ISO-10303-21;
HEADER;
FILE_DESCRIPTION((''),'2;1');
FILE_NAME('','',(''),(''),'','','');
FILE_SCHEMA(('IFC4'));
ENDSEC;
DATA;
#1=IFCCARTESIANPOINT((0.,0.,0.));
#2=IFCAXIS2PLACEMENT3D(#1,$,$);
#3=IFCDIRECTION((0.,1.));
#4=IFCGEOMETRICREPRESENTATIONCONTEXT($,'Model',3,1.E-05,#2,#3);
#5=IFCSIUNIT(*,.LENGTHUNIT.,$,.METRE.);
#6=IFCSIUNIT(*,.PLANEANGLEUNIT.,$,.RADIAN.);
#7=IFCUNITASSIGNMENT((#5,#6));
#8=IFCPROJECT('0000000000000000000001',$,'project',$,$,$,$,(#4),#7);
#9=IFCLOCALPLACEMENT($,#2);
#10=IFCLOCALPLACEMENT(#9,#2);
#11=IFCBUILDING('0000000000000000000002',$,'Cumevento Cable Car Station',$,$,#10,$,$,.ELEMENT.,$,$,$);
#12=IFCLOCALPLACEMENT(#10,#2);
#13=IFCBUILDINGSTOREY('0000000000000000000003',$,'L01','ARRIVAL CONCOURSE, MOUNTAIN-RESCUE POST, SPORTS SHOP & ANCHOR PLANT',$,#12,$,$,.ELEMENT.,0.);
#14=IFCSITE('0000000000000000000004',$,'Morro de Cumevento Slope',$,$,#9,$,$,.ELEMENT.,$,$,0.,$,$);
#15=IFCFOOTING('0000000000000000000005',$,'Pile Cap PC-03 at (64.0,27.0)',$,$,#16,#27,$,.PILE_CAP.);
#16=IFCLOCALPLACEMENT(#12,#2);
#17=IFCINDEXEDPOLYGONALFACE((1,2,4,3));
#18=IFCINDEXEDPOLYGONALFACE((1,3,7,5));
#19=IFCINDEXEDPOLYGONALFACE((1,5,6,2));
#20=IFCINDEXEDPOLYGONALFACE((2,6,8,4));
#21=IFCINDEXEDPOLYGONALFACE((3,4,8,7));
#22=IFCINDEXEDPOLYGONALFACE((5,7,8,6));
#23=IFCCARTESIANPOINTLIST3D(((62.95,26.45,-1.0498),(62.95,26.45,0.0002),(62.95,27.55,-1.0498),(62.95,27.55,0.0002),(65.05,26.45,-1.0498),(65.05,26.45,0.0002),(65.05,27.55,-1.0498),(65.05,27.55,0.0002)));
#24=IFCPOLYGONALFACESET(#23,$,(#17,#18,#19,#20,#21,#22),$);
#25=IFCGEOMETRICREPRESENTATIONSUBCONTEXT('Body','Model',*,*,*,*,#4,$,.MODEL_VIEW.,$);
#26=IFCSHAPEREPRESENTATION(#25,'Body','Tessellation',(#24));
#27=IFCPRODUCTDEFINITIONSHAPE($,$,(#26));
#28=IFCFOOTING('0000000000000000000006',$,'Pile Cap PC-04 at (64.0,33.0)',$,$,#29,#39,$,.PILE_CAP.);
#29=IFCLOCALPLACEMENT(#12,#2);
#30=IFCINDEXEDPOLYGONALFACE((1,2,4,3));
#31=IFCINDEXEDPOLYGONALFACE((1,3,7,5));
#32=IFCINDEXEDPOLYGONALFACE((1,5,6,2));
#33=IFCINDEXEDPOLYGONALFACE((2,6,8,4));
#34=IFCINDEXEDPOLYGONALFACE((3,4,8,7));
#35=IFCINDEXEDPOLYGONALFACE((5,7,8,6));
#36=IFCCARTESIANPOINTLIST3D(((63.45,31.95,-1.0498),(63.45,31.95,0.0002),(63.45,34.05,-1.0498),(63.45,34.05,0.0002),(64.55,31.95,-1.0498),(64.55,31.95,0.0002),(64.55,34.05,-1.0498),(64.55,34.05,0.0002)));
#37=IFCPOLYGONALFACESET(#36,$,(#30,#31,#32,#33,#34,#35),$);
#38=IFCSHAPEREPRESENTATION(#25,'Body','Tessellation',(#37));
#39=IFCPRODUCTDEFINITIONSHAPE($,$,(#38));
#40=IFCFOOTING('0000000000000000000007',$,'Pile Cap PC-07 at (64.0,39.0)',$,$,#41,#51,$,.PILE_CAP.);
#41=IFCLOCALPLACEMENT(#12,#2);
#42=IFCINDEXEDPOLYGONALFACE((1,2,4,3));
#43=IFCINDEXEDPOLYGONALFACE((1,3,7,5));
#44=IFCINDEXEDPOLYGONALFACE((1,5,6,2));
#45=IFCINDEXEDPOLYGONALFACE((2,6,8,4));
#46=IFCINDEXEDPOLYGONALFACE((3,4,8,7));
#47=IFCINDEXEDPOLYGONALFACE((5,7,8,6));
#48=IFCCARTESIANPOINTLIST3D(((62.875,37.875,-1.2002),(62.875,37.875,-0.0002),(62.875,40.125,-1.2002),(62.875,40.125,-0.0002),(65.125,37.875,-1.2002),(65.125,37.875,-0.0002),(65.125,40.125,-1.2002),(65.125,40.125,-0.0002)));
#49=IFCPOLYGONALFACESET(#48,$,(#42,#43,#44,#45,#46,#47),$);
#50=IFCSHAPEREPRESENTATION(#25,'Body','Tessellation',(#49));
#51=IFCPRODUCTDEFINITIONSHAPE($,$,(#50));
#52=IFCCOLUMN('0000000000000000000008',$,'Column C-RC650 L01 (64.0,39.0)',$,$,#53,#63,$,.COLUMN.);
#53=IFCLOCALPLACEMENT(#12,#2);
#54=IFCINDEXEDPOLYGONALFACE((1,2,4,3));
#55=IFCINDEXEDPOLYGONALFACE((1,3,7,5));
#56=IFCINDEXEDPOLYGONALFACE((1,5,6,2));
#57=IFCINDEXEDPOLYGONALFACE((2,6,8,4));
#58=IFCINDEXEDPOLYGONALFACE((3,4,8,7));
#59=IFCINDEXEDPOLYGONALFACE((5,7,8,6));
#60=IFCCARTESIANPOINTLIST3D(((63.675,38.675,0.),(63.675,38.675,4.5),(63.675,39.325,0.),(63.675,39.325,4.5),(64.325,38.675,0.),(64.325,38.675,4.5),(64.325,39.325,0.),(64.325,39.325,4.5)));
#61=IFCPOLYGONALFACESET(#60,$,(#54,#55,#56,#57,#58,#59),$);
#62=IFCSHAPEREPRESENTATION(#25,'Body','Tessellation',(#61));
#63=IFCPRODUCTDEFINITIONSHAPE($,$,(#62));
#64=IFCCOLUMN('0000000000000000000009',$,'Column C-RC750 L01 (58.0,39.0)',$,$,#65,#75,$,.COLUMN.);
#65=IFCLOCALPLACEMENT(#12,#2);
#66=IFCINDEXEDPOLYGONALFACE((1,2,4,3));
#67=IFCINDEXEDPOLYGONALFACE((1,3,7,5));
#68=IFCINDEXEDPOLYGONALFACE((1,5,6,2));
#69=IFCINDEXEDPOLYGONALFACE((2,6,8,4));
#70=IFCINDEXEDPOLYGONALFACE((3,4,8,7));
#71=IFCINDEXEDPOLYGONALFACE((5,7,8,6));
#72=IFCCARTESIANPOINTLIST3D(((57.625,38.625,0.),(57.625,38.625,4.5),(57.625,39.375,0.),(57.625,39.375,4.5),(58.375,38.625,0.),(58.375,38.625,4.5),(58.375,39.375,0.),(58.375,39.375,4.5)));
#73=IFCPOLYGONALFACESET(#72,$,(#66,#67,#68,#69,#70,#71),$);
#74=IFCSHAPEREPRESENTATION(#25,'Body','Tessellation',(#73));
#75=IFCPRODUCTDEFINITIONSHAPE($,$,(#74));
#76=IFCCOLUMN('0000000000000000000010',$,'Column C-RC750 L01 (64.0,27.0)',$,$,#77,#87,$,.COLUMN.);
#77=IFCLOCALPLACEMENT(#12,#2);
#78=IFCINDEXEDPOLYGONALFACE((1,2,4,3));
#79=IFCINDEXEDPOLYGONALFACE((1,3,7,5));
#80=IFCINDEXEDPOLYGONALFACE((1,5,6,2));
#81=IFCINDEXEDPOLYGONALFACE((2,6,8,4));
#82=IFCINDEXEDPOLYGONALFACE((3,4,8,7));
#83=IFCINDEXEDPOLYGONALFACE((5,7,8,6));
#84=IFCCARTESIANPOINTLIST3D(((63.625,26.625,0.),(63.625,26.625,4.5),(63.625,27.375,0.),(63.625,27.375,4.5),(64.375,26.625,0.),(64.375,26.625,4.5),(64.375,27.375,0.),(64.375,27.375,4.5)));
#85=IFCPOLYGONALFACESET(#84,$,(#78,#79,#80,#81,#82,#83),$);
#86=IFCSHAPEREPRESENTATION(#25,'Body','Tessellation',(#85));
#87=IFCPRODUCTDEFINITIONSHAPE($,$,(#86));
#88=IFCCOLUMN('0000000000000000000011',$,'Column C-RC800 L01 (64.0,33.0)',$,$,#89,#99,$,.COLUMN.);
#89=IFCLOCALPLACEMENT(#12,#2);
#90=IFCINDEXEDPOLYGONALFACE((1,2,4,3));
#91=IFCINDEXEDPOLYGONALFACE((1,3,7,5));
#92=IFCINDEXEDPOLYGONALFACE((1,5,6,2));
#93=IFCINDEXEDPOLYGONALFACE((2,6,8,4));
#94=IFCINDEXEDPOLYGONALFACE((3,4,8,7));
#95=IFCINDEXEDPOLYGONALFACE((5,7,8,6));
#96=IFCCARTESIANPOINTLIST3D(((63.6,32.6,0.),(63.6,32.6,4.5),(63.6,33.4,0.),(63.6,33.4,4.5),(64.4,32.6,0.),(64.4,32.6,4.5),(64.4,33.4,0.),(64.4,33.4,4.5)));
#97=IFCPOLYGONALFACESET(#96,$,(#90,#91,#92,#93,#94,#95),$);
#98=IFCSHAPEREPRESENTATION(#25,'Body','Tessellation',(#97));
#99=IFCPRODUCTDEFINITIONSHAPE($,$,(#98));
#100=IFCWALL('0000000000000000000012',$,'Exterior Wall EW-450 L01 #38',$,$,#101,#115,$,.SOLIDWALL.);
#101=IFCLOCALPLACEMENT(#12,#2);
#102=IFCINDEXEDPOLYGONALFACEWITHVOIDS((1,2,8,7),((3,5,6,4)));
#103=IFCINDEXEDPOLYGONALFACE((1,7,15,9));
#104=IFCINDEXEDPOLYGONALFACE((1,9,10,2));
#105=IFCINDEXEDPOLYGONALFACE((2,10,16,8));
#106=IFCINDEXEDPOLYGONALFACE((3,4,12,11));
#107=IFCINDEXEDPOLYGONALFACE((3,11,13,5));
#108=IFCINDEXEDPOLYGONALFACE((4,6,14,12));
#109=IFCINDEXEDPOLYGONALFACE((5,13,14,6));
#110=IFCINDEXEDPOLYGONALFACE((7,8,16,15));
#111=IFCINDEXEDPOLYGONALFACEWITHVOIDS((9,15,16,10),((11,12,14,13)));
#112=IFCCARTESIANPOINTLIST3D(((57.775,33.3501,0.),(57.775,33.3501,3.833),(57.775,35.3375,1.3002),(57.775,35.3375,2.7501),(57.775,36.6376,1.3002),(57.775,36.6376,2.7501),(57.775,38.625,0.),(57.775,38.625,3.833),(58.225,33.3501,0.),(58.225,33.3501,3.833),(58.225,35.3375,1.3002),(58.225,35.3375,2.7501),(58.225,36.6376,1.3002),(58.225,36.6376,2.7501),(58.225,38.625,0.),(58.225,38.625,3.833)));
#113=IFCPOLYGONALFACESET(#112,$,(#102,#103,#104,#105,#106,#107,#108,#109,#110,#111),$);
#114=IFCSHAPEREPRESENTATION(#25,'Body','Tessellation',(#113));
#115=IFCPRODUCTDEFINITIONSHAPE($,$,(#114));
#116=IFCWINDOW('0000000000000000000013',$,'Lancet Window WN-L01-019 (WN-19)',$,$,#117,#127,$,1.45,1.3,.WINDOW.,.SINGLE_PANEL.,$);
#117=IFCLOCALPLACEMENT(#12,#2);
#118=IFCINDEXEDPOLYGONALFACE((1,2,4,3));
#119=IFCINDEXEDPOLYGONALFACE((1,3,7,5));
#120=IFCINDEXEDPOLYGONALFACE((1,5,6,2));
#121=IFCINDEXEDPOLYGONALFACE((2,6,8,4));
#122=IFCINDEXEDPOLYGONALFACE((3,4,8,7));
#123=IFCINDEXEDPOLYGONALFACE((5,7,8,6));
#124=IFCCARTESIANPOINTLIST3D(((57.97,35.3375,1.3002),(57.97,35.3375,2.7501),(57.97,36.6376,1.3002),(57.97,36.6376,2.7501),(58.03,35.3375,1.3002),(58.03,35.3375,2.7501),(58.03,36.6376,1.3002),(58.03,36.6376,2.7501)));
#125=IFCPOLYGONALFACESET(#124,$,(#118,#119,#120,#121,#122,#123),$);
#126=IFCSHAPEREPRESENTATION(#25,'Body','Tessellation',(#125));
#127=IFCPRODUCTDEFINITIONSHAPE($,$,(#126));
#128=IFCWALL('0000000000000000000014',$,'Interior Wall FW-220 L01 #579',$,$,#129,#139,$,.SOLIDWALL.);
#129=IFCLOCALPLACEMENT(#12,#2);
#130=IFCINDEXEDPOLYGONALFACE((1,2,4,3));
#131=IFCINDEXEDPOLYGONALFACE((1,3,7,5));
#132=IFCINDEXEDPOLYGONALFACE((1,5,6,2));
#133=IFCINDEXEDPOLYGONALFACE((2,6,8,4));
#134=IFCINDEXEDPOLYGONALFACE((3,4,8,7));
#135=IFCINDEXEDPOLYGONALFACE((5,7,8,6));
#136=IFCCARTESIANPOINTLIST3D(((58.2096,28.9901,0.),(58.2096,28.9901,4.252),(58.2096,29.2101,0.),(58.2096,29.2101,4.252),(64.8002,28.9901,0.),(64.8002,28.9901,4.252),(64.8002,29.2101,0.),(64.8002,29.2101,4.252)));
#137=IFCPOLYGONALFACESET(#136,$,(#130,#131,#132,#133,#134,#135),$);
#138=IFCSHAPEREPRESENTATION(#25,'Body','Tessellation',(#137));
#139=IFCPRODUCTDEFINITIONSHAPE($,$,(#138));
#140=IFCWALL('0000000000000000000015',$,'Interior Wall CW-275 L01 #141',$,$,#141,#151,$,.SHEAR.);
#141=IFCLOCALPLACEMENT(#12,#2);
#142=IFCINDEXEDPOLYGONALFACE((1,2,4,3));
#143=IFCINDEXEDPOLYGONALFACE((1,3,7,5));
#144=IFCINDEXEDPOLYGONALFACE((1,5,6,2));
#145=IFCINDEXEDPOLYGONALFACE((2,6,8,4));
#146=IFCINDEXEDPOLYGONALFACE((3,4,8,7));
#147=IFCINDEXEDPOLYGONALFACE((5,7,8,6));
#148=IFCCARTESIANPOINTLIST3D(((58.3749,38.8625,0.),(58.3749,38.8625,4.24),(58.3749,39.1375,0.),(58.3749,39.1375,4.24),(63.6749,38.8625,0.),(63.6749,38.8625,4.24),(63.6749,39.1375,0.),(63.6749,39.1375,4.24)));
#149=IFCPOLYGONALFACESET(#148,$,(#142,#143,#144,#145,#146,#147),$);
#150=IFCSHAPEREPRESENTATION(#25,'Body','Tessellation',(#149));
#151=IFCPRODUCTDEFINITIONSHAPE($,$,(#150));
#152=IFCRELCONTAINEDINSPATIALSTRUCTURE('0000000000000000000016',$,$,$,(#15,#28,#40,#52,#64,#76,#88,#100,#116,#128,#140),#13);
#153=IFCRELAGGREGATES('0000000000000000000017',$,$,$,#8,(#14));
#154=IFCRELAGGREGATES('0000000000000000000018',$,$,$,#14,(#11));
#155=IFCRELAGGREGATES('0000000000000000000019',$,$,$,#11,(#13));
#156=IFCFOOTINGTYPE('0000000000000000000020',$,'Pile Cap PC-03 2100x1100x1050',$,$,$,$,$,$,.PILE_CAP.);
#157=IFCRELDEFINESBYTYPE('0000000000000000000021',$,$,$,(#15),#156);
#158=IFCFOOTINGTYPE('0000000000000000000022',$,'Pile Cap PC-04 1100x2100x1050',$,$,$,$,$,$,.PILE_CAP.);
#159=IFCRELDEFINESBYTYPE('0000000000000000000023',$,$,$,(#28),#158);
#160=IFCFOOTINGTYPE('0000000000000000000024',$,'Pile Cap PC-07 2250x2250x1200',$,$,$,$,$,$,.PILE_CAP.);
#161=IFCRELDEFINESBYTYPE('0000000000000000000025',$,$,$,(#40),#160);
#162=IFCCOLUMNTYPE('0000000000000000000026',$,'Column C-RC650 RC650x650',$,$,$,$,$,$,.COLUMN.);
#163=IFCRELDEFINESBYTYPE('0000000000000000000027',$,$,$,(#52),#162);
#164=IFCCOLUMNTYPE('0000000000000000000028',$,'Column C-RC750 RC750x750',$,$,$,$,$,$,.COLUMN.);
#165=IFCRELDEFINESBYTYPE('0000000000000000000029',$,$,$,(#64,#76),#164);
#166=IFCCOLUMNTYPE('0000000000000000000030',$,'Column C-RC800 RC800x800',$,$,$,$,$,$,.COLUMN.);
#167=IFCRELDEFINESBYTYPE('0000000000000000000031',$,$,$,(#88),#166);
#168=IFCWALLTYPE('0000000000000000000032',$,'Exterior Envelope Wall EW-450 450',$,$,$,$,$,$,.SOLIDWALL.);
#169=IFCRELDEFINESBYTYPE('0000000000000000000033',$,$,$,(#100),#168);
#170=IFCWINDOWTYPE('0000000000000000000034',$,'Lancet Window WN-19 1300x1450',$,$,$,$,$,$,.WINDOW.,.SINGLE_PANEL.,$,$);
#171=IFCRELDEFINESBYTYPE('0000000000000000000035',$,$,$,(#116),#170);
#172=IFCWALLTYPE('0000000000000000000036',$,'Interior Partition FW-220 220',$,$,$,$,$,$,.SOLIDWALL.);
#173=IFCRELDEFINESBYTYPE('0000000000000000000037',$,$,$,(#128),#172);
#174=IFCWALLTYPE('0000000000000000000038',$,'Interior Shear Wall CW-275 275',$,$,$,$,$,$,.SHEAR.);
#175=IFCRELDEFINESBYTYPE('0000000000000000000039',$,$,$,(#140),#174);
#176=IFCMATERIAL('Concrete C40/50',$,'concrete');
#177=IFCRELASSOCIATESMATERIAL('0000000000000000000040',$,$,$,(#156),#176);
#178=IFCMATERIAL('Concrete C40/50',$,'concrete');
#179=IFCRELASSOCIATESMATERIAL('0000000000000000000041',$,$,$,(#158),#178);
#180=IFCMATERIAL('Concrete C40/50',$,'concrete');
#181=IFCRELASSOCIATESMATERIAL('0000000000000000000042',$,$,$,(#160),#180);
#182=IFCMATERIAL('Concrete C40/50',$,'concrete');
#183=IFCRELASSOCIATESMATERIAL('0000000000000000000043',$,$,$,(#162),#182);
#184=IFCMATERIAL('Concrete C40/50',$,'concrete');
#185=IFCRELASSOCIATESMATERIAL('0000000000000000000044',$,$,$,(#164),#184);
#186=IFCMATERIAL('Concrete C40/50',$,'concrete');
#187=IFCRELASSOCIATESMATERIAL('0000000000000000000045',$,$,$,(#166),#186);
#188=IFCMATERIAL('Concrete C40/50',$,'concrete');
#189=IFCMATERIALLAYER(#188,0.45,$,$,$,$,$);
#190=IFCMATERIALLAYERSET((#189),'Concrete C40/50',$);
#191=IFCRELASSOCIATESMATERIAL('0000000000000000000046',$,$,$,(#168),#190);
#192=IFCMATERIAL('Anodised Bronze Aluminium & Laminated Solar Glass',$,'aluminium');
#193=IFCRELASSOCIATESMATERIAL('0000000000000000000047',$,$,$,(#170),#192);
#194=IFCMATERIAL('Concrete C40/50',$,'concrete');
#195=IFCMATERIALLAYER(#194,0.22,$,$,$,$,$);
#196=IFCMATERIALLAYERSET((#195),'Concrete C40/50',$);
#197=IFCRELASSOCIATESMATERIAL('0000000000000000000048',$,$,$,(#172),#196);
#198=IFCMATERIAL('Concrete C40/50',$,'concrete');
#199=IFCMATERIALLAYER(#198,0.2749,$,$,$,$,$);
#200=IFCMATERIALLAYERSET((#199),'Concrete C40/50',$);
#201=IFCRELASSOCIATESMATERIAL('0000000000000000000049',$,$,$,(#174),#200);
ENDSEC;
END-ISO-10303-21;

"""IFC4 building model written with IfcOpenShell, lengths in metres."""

from ifc_helpers import new_model, si_unit, direction, frame, frame_2d, origin, origin_2d, place, context, subcontext, project, spatial, rectangle, extrude, material, layer, layer_set, material_profile, profile_set, type_object, element, fill, save


model = new_model("IFC4")

# Units and contexts
model_context = context("Model", 3, precision=1e-05, world=origin(), true_north=direction((0.0, 1.0)))
body_context = subcontext(model_context, "Body", "Model", "MODEL_VIEW")
ifc_project = project(units=[si_unit("LENGTHUNIT", "METRE"), si_unit("PLANEANGLEUNIT", "RADIAN")], contexts=[model_context])

# Site, building, storey
site_placement = place(None, origin())
site = spatial("IfcSite", under=ifc_project, at=site_placement, Name="Morro de Cumevento Slope", CompositionType="ELEMENT", RefElevation=0.0)
building_placement = place(site_placement, origin())
building = spatial("IfcBuilding", under=site, at=building_placement, Name="Cumevento Cable Car Station", CompositionType="ELEMENT")
storey_placement = place(building_placement, origin())
storey = spatial("IfcBuildingStorey", under=building, at=storey_placement, Name="L01", Description="ARRIVAL CONCOURSE, MOUNTAIN-RESCUE POST, SPORTS SHOP & ANCHOR PLANT", CompositionType="ELEMENT", Elevation=0.0)

# Footings
ifc_material_1 = material(Name="Concrete C40/50", Category="concrete")
footing_type_1 = type_object("IfcFootingType", Name="Pile Cap PC-03 2100x1100x1050", PredefinedType="PILE_CAP", material=ifc_material_1)
footing_1_placement = place(storey_placement, frame((64.0, 27.0, -1.0498), z_axis=(0.0, 0.0, 1.0), x_axis=(1.0, 0.0, 0.0)))
element("IfcFooting", 1, at=footing_1_placement, inside=storey, type_object=footing_type_1, Name="Pile Cap PC-03 at (64.0,27.0)", PredefinedType="PILE_CAP", context=body_context, shape_type="SweptSolid", body=[
    extrude(rectangle(XDim=2.1001, YDim=1.1001, at=origin_2d()), origin(), (0.0, 0.0, 1.0), 1.05),
])
ifc_material_2 = material(Name="Concrete C40/50", Category="concrete")
footing_type_2 = type_object("IfcFootingType", Name="Pile Cap PC-04 1100x2100x1050", PredefinedType="PILE_CAP", material=ifc_material_2)
footing_2_placement = place(storey_placement, frame((64.0, 33.0, -1.0498), z_axis=(0.0, 0.0, 1.0), x_axis=(1.0, 0.0, 0.0)))
element("IfcFooting", 2, at=footing_2_placement, inside=storey, type_object=footing_type_2, Name="Pile Cap PC-04 at (64.0,33.0)", PredefinedType="PILE_CAP", context=body_context, shape_type="SweptSolid", body=[
    extrude(rectangle(XDim=1.1001, YDim=2.1001, at=origin_2d()), origin(), (0.0, 0.0, 1.0), 1.05),
])
ifc_material_3 = material(Name="Concrete C40/50", Category="concrete")
footing_type_3 = type_object("IfcFootingType", Name="Pile Cap PC-07 2250x2250x1200", PredefinedType="PILE_CAP", material=ifc_material_3)
footing_3_placement = place(storey_placement, frame((64.0, 39.0, -1.2002), z_axis=(0.0, 0.0, 1.0), x_axis=(1.0, 0.0, 0.0)))
element("IfcFooting", 3, at=footing_3_placement, inside=storey, type_object=footing_type_3, Name="Pile Cap PC-07 at (64.0,39.0)", PredefinedType="PILE_CAP", context=body_context, shape_type="SweptSolid", body=[
    extrude(rectangle(XDim=2.25, YDim=2.25, at=origin_2d()), origin(), (0.0, 0.0, 1.0), 1.2),
])

# Columns
ifc_material_4 = material(Name="Concrete C40/50", Category="concrete")
ifc_material_profile_1 = material_profile(ifc_material_4, rectangle(XDim=0.6499, YDim=0.6499, at=origin_2d()), Name="RC650x650")
ifc_profile_set_1 = profile_set([ifc_material_profile_1], Name="Concrete C40/50")
column_type_1 = type_object("IfcColumnType", Name="Column C-RC650 RC650x650", PredefinedType="COLUMN", material=ifc_profile_set_1)
column_1_placement = place(storey_placement, frame((64.0, 39.0, 0.0), z_axis=(0.0, 0.0, 1.0), x_axis=(1.0, 0.0, 0.0)))
element("IfcColumn", 4, at=column_1_placement, inside=storey, type_object=column_type_1, Name="Column C-RC650 L01 (64.0,39.0)", PredefinedType="COLUMN", context=body_context, shape_type="SweptSolid", body=[
    extrude(rectangle(XDim=0.6499, YDim=0.6499, at=origin_2d()), origin(), (0.0, 0.0, 1.0), 4.5),
])
ifc_material_5 = material(Name="Concrete C40/50", Category="concrete")
ifc_material_profile_2 = material_profile(ifc_material_5, rectangle(XDim=0.75, YDim=0.75, at=origin_2d()), Name="RC750x750")
ifc_profile_set_2 = profile_set([ifc_material_profile_2], Name="Concrete C40/50")
column_type_2 = type_object("IfcColumnType", Name="Column C-RC750 RC750x750", PredefinedType="COLUMN", material=ifc_profile_set_2)
for number, where, z_axis, x_axis, name in (
    (5, (58.0, 39.0, 0.0), (0.0, 0.0, 1.0), (1.0, 0.0, 0.0), "Column C-RC750 L01 (58.0,39.0)"),
    (6, (64.0, 27.0, 0.0), (0.0, 0.0, 1.0), (1.0, 0.0, 0.0), "Column C-RC750 L01 (64.0,27.0)"),
):
    element("IfcColumn", number, at=place(storey_placement, frame(where, z_axis=z_axis, x_axis=x_axis)), inside=storey, type_object=column_type_2, Name=name, PredefinedType="COLUMN", context=body_context, shape_type="SweptSolid", body=[
        extrude(rectangle(XDim=0.75, YDim=0.75, at=origin_2d()), origin(), (0.0, 0.0, 1.0), 4.5),
    ])
ifc_material_6 = material(Name="Concrete C40/50", Category="concrete")
ifc_material_profile_3 = material_profile(ifc_material_6, rectangle(XDim=0.8, YDim=0.8, at=origin_2d()), Name="RC800x800")
ifc_profile_set_3 = profile_set([ifc_material_profile_3], Name="Concrete C40/50")
column_type_3 = type_object("IfcColumnType", Name="Column C-RC800 RC800x800", PredefinedType="COLUMN", material=ifc_profile_set_3)
column_2_placement = place(storey_placement, frame((64.0, 33.0, 0.0), z_axis=(0.0, 0.0, 1.0), x_axis=(1.0, 0.0, 0.0)))
element("IfcColumn", 7, at=column_2_placement, inside=storey, type_object=column_type_3, Name="Column C-RC800 L01 (64.0,33.0)", PredefinedType="COLUMN", context=body_context, shape_type="SweptSolid", body=[
    extrude(rectangle(XDim=0.8, YDim=0.8, at=origin_2d()), origin(), (0.0, 0.0, 1.0), 4.5),
])

# Wall, opening, window
ifc_material_7 = material(Name="Concrete C40/50", Category="concrete")
ifc_layer_1 = layer(ifc_material_7, 0.45)
ifc_layer_set_1 = layer_set([ifc_layer_1], Name="Concrete C40/50")
wall_type_1 = type_object("IfcWallType", Name="Exterior Envelope Wall EW-450 450", PredefinedType="SOLIDWALL", material=ifc_layer_set_1)
wall_1_placement = place(storey_placement, frame((58.0, 33.3501, 0.0), z_axis=(0.0, 0.0, 1.0), x_axis=(0.0, 1.0, 0.0)))
wall_1 = element("IfcWall", 8, at=wall_1_placement, inside=storey, type_object=wall_type_1, Name="Exterior Wall EW-450 L01 #38", PredefinedType="SOLIDWALL", context=body_context, shape_type="SweptSolid", body=[
    extrude(rectangle(XDim=5.2749, YDim=0.45, at=frame_2d((2.6375, 0.0))), origin(), (0.0, 0.0, 1.0), 3.833),
])
opening_1_placement = place(wall_1_placement, frame((1.9875, 0.0, 1.3)))
opening_1 = element("IfcOpeningElement", 9, at=opening_1_placement, cuts=wall_1, PredefinedType="OPENING", context=body_context, shape_type="SweptSolid", body=[
    extrude(rectangle(XDim=1.3, YDim=1.45, at=frame_2d((0.6499, 0.7251))), frame((0.0, 0.2351, 0.0), z_axis=(0.0, -1.0, 0.0), x_axis=(1.0, 0.0, 0.0)), (0.0, 0.0, 1.0), 0.47),
])
ifc_material_8 = material(Name="Anodised Bronze Aluminium & Laminated Solar Glass", Category="aluminium")
window_type = type_object("IfcWindowType", Name="Lancet Window WN-19 1300x1450", PartitioningType="SINGLE_PANEL", PredefinedType="WINDOW", material=ifc_material_8)
window_placement = place(opening_1_placement, origin())
window = element("IfcWindow", 10, at=window_placement, inside=storey, type_object=window_type, Name="Lancet Window WN-L01-019 (WN-19)", OverallHeight=1.45, OverallWidth=1.3, PartitioningType="SINGLE_PANEL", PredefinedType="WINDOW", context=body_context, shape_type="SweptSolid", body=[
    extrude(rectangle(XDim=1.3, YDim=1.45, at=frame_2d((0.6499, 0.7251))), frame((0.0, 0.03, 0.0), z_axis=(0.0, -1.0, 0.0), x_axis=(1.0, 0.0, 0.0)), (0.0, 0.0, 1.0), 0.0601),
])
fill(opening_1, window)

# Walls
ifc_material_9 = material(Name="Concrete C40/50", Category="concrete")
ifc_layer_2 = layer(ifc_material_9, 0.22)
ifc_layer_set_2 = layer_set([ifc_layer_2], Name="Concrete C40/50")
wall_type_2 = type_object("IfcWallType", Name="Interior Partition FW-220 220", PredefinedType="SOLIDWALL", material=ifc_layer_set_2)
wall_2_placement = place(storey_placement, frame((58.2095, 29.1001, 0.0), z_axis=(0.0, 0.0, 1.0), x_axis=(1.0, 0.0, 0.0)))
element("IfcWall", 11, at=wall_2_placement, inside=storey, type_object=wall_type_2, Name="Interior Wall FW-220 L01 #579", PredefinedType="SOLIDWALL", context=body_context, shape_type="SweptSolid", body=[
    extrude(rectangle(XDim=6.5906, YDim=0.22, at=frame_2d((3.2954, 0.0))), origin(), (0.0, 0.0, 1.0), 4.252),
])
ifc_material_10 = material(Name="Concrete C40/50", Category="concrete")
ifc_layer_3 = layer(ifc_material_10, 0.2749)
ifc_layer_set_3 = layer_set([ifc_layer_3], Name="Concrete C40/50")
wall_type_3 = type_object("IfcWallType", Name="Interior Shear Wall CW-275 275", PredefinedType="SHEAR", material=ifc_layer_set_3)
wall_3_placement = place(storey_placement, frame((58.375, 39.0, 0.0), z_axis=(0.0, 0.0, 1.0), x_axis=(1.0, 0.0, 0.0)))
element("IfcWall", 12, at=wall_3_placement, inside=storey, type_object=wall_type_3, Name="Interior Wall CW-275 L01 #141", PredefinedType="SHEAR", context=body_context, shape_type="SweptSolid", body=[
    extrude(rectangle(XDim=5.3, YDim=0.2749, at=frame_2d((2.6499, 0.0))), origin(), (0.0, 0.0, 1.0), 4.24),
])

save(model, "model.ifc")
